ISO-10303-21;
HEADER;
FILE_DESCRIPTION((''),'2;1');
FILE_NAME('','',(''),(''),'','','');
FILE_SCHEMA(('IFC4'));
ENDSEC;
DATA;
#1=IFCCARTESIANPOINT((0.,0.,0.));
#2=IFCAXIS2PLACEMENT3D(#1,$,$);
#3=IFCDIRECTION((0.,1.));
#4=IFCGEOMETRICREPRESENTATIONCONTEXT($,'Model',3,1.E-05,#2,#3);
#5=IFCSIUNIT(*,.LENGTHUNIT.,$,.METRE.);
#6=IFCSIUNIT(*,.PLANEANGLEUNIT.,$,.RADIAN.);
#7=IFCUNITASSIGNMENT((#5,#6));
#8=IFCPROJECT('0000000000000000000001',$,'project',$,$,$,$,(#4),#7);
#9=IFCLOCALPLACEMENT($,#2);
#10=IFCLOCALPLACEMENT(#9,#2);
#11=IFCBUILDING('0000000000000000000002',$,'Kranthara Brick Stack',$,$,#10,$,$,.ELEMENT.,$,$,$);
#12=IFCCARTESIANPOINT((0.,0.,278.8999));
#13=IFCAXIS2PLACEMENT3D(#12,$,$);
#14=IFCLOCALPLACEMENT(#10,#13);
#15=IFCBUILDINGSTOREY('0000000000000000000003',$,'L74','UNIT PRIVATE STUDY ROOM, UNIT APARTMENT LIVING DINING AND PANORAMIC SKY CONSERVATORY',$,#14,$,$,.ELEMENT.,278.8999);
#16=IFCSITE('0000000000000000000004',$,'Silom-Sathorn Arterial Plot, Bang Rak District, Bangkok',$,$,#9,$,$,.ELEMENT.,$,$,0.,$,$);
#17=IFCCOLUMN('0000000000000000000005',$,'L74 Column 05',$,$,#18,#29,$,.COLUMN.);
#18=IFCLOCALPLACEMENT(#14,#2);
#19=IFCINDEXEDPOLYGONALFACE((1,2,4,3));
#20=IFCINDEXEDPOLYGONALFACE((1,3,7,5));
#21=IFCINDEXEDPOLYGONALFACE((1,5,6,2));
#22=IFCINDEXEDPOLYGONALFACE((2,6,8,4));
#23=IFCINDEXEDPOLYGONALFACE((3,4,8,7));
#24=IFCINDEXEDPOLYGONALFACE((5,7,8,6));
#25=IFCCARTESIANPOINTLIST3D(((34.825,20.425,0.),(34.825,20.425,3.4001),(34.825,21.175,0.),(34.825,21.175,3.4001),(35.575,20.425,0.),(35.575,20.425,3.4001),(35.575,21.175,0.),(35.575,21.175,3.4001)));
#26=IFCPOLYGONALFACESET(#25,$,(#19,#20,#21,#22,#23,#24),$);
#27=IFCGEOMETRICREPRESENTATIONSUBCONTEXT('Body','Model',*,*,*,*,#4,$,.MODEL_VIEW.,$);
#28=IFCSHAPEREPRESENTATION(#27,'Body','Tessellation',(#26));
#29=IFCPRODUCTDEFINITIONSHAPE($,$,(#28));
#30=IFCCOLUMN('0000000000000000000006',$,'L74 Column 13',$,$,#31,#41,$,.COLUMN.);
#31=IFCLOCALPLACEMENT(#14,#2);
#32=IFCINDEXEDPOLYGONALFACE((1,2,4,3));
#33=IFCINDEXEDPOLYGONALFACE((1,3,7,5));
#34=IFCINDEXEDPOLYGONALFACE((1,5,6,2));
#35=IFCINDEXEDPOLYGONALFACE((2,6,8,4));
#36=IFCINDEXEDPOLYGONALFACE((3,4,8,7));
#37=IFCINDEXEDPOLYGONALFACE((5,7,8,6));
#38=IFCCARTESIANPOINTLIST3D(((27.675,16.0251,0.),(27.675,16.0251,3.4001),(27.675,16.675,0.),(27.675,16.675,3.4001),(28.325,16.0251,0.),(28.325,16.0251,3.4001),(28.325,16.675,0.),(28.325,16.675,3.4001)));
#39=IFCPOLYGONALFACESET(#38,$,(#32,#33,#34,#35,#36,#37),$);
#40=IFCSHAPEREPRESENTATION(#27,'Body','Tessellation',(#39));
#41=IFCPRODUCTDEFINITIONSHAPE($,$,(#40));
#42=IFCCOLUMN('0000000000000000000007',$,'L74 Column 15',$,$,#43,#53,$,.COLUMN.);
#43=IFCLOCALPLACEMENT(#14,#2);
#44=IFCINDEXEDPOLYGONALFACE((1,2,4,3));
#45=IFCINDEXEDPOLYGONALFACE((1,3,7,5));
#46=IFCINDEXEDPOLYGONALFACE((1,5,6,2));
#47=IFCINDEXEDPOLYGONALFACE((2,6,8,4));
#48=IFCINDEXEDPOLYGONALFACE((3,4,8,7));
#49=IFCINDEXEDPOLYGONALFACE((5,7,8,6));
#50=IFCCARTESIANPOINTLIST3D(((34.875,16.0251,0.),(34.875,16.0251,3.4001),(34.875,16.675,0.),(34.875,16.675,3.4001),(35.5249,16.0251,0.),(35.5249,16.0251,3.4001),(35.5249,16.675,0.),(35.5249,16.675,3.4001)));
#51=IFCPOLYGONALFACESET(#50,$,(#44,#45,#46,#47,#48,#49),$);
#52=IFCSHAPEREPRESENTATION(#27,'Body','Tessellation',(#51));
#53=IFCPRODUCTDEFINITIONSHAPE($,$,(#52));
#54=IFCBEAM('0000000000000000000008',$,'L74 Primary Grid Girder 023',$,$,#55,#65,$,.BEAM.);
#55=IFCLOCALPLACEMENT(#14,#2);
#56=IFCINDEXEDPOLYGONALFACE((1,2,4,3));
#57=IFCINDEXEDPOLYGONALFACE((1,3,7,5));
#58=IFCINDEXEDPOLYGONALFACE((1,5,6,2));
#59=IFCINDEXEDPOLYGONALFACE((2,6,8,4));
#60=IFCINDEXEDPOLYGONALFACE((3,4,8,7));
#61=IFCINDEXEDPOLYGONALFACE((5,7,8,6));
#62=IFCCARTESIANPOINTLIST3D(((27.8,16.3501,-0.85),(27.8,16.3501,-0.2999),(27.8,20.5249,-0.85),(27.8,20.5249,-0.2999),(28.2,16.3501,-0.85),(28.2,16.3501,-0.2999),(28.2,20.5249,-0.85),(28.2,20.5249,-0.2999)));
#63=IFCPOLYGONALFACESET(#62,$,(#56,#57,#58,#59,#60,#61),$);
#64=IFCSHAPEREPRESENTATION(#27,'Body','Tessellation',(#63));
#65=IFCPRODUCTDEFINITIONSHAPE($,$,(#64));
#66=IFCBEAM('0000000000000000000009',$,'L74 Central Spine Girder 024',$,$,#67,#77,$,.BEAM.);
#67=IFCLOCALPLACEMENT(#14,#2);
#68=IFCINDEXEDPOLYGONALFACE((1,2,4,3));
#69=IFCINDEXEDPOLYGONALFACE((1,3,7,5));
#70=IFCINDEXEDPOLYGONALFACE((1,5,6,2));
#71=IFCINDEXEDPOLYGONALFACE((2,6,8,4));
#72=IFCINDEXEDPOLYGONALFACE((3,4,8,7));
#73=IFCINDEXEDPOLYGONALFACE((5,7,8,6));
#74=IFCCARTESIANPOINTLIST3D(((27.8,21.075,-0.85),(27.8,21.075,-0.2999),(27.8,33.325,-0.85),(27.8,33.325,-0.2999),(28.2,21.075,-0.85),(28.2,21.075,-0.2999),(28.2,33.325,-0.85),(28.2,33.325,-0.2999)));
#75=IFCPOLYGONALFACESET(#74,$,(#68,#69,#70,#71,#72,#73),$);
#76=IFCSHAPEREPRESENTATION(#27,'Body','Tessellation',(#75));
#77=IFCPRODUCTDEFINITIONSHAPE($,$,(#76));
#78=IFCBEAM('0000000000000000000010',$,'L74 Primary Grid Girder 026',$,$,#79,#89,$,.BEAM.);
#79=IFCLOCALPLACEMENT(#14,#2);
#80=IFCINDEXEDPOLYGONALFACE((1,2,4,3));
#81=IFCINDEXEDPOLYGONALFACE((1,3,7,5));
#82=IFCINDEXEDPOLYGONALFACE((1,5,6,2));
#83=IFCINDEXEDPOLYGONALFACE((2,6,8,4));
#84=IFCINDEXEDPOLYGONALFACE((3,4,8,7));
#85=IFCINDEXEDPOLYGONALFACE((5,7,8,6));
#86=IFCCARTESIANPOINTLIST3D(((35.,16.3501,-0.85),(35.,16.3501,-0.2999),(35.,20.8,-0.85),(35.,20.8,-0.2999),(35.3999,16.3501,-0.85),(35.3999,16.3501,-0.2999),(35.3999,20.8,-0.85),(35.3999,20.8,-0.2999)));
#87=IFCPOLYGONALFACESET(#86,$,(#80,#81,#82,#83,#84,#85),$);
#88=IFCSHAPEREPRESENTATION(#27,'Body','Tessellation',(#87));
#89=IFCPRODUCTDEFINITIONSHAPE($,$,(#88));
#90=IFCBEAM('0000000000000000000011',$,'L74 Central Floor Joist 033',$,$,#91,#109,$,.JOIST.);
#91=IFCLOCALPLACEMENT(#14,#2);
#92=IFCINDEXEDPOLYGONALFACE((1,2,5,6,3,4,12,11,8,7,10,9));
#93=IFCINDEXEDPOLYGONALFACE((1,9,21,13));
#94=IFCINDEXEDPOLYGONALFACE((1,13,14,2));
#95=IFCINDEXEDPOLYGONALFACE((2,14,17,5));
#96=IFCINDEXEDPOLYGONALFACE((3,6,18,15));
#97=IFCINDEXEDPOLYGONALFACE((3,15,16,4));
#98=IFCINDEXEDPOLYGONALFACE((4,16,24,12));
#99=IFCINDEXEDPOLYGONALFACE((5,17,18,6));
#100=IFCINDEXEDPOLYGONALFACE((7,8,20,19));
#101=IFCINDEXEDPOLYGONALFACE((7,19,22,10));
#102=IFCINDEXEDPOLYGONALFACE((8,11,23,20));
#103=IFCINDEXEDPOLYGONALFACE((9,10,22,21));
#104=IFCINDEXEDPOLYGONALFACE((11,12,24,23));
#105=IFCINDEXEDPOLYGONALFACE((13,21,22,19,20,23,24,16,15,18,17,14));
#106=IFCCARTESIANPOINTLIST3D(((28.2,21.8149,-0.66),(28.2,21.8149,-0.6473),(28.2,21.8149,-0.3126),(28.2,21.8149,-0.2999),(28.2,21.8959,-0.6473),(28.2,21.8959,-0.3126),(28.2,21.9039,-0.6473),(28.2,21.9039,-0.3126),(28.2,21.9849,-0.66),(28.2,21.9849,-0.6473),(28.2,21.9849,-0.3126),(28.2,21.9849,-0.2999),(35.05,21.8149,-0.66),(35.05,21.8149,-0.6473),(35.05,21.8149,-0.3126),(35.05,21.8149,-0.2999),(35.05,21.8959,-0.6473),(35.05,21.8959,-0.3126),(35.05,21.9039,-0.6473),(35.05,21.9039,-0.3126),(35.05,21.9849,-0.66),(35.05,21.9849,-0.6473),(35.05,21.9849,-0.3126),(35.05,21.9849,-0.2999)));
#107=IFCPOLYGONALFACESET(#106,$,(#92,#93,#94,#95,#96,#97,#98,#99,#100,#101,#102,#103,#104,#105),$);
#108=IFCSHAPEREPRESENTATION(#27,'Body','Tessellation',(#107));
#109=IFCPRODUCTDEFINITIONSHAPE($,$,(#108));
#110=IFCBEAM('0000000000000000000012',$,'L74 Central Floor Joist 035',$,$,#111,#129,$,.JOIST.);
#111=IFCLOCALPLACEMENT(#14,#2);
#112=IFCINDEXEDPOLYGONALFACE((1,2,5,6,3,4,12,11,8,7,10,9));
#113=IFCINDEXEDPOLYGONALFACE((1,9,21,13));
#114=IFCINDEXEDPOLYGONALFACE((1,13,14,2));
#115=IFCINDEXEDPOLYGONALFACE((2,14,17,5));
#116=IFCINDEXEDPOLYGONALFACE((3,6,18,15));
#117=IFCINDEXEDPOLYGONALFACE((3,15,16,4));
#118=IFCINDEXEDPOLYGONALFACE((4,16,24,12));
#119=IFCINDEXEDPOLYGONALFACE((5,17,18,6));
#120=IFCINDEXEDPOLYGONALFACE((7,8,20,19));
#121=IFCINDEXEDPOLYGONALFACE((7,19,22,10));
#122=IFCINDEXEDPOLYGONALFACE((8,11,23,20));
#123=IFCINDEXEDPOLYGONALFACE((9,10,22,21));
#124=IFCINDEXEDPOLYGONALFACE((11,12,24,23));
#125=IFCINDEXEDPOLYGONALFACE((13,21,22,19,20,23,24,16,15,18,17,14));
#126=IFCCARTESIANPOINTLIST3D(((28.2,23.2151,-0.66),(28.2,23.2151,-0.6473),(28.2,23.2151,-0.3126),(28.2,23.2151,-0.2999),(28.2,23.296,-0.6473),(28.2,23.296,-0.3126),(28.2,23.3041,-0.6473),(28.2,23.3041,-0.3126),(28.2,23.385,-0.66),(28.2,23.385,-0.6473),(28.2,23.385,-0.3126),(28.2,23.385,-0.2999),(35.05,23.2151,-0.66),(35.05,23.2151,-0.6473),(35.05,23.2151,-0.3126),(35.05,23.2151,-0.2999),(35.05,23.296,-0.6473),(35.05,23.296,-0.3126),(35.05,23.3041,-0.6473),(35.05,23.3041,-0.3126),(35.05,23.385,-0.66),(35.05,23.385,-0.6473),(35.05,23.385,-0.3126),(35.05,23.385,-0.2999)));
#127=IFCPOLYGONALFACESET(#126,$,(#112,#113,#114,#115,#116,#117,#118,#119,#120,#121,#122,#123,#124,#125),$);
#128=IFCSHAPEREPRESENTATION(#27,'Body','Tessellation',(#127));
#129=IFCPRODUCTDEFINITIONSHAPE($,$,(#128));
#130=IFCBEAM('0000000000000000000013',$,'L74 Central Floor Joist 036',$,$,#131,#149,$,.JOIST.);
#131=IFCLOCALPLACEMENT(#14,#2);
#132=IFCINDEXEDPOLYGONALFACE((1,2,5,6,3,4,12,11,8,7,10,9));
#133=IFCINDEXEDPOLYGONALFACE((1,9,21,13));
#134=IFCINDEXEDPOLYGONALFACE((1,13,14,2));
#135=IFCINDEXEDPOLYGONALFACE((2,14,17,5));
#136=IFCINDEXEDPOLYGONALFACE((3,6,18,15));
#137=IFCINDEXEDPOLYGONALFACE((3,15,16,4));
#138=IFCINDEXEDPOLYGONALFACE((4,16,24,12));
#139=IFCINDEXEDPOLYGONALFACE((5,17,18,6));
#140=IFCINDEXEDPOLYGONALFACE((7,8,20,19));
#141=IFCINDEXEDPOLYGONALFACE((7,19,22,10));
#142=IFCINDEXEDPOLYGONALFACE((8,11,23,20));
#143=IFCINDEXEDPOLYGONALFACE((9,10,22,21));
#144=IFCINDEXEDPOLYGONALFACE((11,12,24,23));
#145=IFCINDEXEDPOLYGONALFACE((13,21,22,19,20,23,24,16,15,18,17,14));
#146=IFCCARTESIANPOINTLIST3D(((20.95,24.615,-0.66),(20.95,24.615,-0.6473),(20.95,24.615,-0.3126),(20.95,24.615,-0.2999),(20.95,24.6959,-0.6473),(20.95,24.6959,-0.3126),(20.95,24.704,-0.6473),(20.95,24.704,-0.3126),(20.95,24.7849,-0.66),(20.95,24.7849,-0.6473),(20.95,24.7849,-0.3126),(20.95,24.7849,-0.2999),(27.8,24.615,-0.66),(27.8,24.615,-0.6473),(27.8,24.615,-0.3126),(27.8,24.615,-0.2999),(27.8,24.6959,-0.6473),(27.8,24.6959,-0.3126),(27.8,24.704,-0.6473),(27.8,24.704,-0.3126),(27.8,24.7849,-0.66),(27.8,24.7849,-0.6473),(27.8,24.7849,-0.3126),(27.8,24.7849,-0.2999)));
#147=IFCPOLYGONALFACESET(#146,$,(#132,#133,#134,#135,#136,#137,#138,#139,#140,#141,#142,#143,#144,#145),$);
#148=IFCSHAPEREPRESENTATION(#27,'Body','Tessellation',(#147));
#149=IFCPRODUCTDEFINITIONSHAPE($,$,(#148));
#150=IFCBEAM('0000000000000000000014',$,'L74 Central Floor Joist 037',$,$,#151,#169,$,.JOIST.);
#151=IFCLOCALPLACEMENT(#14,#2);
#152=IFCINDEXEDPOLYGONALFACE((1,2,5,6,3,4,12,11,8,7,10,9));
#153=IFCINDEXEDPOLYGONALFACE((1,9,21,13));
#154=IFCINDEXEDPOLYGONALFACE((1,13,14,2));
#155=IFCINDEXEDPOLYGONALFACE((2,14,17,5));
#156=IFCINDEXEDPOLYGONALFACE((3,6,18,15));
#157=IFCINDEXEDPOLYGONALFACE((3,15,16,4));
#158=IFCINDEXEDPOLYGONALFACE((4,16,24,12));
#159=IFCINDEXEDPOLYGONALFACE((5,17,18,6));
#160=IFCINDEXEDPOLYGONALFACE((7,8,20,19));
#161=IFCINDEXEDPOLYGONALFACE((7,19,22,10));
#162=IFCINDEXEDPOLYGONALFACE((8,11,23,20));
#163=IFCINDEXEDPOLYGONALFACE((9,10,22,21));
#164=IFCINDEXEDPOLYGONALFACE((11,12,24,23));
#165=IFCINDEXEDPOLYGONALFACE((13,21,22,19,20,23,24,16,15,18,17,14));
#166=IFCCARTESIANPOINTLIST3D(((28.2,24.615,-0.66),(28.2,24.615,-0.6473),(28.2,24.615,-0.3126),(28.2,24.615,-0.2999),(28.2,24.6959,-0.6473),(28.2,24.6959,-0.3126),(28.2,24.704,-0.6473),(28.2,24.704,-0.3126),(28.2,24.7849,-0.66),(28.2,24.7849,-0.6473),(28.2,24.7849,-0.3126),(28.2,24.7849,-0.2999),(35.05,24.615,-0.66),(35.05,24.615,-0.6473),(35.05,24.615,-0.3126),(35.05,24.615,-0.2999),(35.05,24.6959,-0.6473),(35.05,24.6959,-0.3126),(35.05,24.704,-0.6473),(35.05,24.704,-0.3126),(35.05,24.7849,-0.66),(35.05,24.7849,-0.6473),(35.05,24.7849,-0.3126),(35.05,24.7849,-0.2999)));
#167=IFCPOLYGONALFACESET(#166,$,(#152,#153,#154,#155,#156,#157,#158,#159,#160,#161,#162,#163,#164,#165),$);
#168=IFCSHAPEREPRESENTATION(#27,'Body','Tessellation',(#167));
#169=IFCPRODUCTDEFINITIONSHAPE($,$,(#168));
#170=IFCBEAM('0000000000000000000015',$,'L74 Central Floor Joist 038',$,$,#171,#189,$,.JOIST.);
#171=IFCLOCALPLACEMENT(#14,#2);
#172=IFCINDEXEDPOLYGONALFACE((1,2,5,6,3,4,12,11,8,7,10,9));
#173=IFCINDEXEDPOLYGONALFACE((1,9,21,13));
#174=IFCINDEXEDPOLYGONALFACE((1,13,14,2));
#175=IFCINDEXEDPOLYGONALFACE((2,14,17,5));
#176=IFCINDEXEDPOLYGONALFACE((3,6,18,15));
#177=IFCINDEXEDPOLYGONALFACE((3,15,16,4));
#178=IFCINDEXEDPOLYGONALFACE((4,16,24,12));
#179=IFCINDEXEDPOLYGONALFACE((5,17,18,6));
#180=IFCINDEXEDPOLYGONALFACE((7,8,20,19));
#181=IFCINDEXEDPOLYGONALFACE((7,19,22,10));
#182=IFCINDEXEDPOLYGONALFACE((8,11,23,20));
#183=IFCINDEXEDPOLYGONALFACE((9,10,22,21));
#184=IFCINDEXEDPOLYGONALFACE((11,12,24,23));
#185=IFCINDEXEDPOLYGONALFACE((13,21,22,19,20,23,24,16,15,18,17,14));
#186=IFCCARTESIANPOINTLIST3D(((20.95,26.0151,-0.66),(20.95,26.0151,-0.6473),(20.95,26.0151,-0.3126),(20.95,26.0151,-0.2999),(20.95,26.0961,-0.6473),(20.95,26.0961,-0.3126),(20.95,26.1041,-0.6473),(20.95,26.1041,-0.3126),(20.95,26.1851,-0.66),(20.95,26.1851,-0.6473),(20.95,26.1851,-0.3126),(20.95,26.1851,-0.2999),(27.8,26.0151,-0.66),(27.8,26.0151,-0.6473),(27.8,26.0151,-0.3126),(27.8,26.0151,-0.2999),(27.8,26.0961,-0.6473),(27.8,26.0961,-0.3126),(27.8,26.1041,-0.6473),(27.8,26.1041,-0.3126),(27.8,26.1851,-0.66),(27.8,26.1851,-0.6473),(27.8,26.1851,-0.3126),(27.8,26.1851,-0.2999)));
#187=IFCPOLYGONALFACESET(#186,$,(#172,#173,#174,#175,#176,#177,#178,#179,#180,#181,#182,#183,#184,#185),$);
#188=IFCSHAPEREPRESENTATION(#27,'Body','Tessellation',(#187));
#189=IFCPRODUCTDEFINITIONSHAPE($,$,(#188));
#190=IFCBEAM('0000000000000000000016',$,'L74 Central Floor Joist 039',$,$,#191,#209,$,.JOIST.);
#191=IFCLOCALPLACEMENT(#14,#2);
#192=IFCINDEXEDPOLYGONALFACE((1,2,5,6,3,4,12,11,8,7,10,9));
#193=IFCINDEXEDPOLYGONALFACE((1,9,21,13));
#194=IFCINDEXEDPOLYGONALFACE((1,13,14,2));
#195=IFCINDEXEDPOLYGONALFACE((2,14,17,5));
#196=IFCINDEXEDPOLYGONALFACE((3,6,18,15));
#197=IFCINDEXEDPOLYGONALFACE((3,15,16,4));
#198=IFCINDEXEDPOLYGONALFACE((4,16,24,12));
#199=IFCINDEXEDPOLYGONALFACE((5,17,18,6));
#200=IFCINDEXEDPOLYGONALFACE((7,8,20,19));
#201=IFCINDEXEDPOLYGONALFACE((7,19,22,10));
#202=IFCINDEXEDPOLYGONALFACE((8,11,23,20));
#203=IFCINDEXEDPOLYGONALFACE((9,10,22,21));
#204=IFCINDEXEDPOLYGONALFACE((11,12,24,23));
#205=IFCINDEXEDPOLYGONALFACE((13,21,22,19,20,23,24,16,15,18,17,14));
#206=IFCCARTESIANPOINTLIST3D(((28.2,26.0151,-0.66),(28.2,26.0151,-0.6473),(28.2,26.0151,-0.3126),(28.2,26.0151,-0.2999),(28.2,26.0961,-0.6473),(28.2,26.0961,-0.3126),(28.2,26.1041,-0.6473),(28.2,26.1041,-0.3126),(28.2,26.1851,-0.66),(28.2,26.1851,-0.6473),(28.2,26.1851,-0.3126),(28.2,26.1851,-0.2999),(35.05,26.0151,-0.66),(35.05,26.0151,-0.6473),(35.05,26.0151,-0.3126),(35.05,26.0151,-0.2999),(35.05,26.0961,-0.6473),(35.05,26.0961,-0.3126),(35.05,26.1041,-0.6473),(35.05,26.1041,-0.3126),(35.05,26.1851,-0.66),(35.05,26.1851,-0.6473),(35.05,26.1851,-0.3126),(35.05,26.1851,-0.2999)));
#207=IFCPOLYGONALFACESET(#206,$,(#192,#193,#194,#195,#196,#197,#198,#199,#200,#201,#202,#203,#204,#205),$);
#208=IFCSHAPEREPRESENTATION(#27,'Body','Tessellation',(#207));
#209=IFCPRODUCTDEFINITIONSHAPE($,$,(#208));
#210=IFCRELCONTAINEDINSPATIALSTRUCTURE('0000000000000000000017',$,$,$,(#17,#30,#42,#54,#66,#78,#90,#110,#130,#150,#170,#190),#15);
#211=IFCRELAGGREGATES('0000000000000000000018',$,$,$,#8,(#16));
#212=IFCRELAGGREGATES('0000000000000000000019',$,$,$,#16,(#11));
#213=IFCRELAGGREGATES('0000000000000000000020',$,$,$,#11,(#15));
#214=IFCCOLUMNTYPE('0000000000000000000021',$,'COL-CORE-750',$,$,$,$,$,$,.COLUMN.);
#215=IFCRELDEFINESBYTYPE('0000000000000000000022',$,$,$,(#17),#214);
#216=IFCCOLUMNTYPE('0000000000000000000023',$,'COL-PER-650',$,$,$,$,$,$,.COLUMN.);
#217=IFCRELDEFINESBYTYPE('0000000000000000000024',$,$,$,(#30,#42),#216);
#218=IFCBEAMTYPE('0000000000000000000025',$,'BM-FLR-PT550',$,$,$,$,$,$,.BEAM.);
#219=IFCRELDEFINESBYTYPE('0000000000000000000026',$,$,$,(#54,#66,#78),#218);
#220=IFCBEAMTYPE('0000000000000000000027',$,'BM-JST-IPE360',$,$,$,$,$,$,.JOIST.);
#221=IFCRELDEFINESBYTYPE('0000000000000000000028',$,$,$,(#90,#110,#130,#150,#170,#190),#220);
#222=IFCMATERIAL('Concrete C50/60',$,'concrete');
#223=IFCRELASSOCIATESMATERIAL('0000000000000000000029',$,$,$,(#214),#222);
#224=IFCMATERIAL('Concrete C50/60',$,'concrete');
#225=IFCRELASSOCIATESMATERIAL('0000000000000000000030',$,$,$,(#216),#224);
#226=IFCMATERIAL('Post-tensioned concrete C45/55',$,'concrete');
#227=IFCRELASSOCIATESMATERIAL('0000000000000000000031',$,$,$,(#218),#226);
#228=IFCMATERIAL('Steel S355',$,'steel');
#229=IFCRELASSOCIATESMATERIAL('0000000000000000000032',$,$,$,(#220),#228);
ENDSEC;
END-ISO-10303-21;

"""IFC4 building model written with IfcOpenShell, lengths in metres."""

from ifc_helpers import new_model, si_unit, direction, frame, origin, origin_2d, place, context, subcontext, project, spatial, rectangle, i_section, extrude, material, material_profile, profile_set, type_object, element, save


model = new_model("IFC4")

# Units and contexts
model_context = context("Model", 3, precision=1e-05, world=origin(), true_north=direction((0.0, 1.0)))
body_context = subcontext(model_context, "Body", "Model", "MODEL_VIEW")
ifc_project = project(units=[si_unit("LENGTHUNIT", "METRE"), si_unit("PLANEANGLEUNIT", "RADIAN")], contexts=[model_context])

# Site, building, storey
site_placement = place(None, origin())
site = spatial("IfcSite", under=ifc_project, at=site_placement, Name="Silom-Sathorn Arterial Plot, Bang Rak District, Bangkok", CompositionType="ELEMENT", RefElevation=0.0)
building_placement = place(site_placement, origin())
building = spatial("IfcBuilding", under=site, at=building_placement, Name="Kranthara Brick Stack", CompositionType="ELEMENT")
storey_placement = place(building_placement, frame((0.0, 0.0, 278.8999)))
storey = spatial("IfcBuildingStorey", under=building, at=storey_placement, Name="L74", Description="UNIT PRIVATE STUDY ROOM, UNIT APARTMENT LIVING DINING AND PANORAMIC SKY CONSERVATORY", CompositionType="ELEMENT", Elevation=278.8999)

# Columns
ifc_material_1 = material(Name="Concrete C50/60", Category="concrete")
ifc_material_profile_1 = material_profile(ifc_material_1, rectangle(XDim=0.75, YDim=0.75, at=origin_2d()), Name="RC 750x750")
ifc_profile_set_1 = profile_set([ifc_material_profile_1], Name="Concrete C50/60")
column_type_1 = type_object("IfcColumnType", Name="COL-CORE-750", PredefinedType="COLUMN", material=ifc_profile_set_1)
column_placement = place(storey_placement, frame((35.2, 20.8, 0.0), z_axis=(0.0, 0.0, 1.0), x_axis=(1.0, 0.0, 0.0)))
element("IfcColumn", 1, at=column_placement, inside=storey, type_object=column_type_1, Name="L74 Column 05", PredefinedType="COLUMN", context=body_context, shape_type="SweptSolid", body=[
    extrude(rectangle(XDim=0.75, YDim=0.75, at=origin_2d()), origin(), (0.0, 0.0, 1.0), 3.4001),
])
ifc_material_2 = material(Name="Concrete C50/60", Category="concrete")
ifc_material_profile_2 = material_profile(ifc_material_2, rectangle(XDim=0.6499, YDim=0.6499, at=origin_2d()), Name="RC 650x650")
ifc_profile_set_2 = profile_set([ifc_material_profile_2], Name="Concrete C50/60")
column_type_2 = type_object("IfcColumnType", Name="COL-PER-650", PredefinedType="COLUMN", material=ifc_profile_set_2)
for number, where, z_axis, x_axis, name in (
    (2, (28.0, 16.3501, 0.0), (0.0, 0.0, 1.0), (1.0, 0.0, 0.0), "L74 Column 13"),
    (3, (35.2, 16.3501, 0.0), (0.0, 0.0, 1.0), (1.0, 0.0, 0.0), "L74 Column 15"),
):
    element("IfcColumn", number, at=place(storey_placement, frame(where, z_axis=z_axis, x_axis=x_axis)), inside=storey, type_object=column_type_2, Name=name, PredefinedType="COLUMN", context=body_context, shape_type="SweptSolid", body=[
        extrude(rectangle(XDim=0.6499, YDim=0.6499, at=origin_2d()), origin(), (0.0, 0.0, 1.0), 3.4001),
    ])

# Beams
ifc_material_3 = material(Name="Post-tensioned concrete C45/55", Category="concrete")
ifc_material_profile_3 = material_profile(ifc_material_3, rectangle(XDim=0.3999, YDim=0.55, at=origin_2d()), Name="PT 400x550")
ifc_profile_set_3 = profile_set([ifc_material_profile_3], Name="Post-tensioned concrete C45/55")
beam_type_1 = type_object("IfcBeamType", Name="BM-FLR-PT550", PredefinedType="BEAM", material=ifc_profile_set_3)
beam_1_placement = place(storey_placement, frame((28.0, 16.3501, -0.575), z_axis=(0.0, 1.0, 0.0), x_axis=(-1.0, 0.0, 0.0)))
element("IfcBeam", 4, at=beam_1_placement, inside=storey, type_object=beam_type_1, Name="L74 Primary Grid Girder 023", PredefinedType="BEAM", context=body_context, shape_type="SweptSolid", body=[
    extrude(rectangle(XDim=0.3999, YDim=0.55, at=origin_2d()), origin(), (0.0, 0.0, 1.0), 4.1748),
])
beam_2_placement = place(storey_placement, frame((28.0, 21.075, -0.575), z_axis=(0.0, 1.0, 0.0), x_axis=(-1.0, 0.0, 0.0)))
element("IfcBeam", 5, at=beam_2_placement, inside=storey, type_object=beam_type_1, Name="L74 Central Spine Girder 024", PredefinedType="BEAM", context=body_context, shape_type="SweptSolid", body=[
    extrude(rectangle(XDim=0.3999, YDim=0.55, at=origin_2d()), origin(), (0.0, 0.0, 1.0), 12.25),
])
beam_3_placement = place(storey_placement, frame((35.2, 16.3501, -0.575), z_axis=(0.0, 1.0, 0.0), x_axis=(-1.0, 0.0, 0.0)))
element("IfcBeam", 6, at=beam_3_placement, inside=storey, type_object=beam_type_1, Name="L74 Primary Grid Girder 026", PredefinedType="BEAM", context=body_context, shape_type="SweptSolid", body=[
    extrude(rectangle(XDim=0.3999, YDim=0.55, at=origin_2d()), origin(), (0.0, 0.0, 1.0), 4.45),
])
ifc_material_4 = material(Name="Steel S355", Category="steel")
ifc_material_profile_4 = material_profile(ifc_material_4, i_section(OverallWidth=0.1699, OverallDepth=0.3601, WebThickness=0.0081, FlangeThickness=0.0127, at=origin_2d()), Name="IPE 360")
ifc_profile_set_4 = profile_set([ifc_material_profile_4], Name="Steel S355")
beam_type_2 = type_object("IfcBeamType", Name="BM-JST-IPE360", PredefinedType="JOIST", material=ifc_profile_set_4)
for number, where, z_axis, x_axis, name in (
    (7, (28.2, 21.8999, -0.48), (1.0, 0.0, 0.0), (0.0, 1.0, 0.0), "L74 Central Floor Joist 033"),
    (8, (28.2, 23.3, -0.48), (1.0, 0.0, 0.0), (0.0, 1.0, 0.0), "L74 Central Floor Joist 035"),
    (9, (20.95, 24.7, -0.48), (1.0, 0.0, 0.0), (0.0, 1.0, 0.0), "L74 Central Floor Joist 036"),
    (10, (28.2, 24.7, -0.48), (1.0, 0.0, 0.0), (0.0, 1.0, 0.0), "L74 Central Floor Joist 037"),
    (11, (20.95, 26.1001, -0.48), (1.0, 0.0, 0.0), (0.0, 1.0, 0.0), "L74 Central Floor Joist 038"),
    (12, (28.2, 26.1001, -0.48), (1.0, 0.0, 0.0), (0.0, 1.0, 0.0), "L74 Central Floor Joist 039"),
):
    element("IfcBeam", number, at=place(storey_placement, frame(where, z_axis=z_axis, x_axis=x_axis)), inside=storey, type_object=beam_type_2, Name=name, PredefinedType="JOIST", context=body_context, shape_type="SweptSolid", body=[
        extrude(i_section(OverallWidth=0.1699, OverallDepth=0.3601, WebThickness=0.0081, FlangeThickness=0.0127, at=origin_2d()), origin(), (0.0, 0.0, 1.0), 6.8501),
    ])

save(model, "model.ifc")
